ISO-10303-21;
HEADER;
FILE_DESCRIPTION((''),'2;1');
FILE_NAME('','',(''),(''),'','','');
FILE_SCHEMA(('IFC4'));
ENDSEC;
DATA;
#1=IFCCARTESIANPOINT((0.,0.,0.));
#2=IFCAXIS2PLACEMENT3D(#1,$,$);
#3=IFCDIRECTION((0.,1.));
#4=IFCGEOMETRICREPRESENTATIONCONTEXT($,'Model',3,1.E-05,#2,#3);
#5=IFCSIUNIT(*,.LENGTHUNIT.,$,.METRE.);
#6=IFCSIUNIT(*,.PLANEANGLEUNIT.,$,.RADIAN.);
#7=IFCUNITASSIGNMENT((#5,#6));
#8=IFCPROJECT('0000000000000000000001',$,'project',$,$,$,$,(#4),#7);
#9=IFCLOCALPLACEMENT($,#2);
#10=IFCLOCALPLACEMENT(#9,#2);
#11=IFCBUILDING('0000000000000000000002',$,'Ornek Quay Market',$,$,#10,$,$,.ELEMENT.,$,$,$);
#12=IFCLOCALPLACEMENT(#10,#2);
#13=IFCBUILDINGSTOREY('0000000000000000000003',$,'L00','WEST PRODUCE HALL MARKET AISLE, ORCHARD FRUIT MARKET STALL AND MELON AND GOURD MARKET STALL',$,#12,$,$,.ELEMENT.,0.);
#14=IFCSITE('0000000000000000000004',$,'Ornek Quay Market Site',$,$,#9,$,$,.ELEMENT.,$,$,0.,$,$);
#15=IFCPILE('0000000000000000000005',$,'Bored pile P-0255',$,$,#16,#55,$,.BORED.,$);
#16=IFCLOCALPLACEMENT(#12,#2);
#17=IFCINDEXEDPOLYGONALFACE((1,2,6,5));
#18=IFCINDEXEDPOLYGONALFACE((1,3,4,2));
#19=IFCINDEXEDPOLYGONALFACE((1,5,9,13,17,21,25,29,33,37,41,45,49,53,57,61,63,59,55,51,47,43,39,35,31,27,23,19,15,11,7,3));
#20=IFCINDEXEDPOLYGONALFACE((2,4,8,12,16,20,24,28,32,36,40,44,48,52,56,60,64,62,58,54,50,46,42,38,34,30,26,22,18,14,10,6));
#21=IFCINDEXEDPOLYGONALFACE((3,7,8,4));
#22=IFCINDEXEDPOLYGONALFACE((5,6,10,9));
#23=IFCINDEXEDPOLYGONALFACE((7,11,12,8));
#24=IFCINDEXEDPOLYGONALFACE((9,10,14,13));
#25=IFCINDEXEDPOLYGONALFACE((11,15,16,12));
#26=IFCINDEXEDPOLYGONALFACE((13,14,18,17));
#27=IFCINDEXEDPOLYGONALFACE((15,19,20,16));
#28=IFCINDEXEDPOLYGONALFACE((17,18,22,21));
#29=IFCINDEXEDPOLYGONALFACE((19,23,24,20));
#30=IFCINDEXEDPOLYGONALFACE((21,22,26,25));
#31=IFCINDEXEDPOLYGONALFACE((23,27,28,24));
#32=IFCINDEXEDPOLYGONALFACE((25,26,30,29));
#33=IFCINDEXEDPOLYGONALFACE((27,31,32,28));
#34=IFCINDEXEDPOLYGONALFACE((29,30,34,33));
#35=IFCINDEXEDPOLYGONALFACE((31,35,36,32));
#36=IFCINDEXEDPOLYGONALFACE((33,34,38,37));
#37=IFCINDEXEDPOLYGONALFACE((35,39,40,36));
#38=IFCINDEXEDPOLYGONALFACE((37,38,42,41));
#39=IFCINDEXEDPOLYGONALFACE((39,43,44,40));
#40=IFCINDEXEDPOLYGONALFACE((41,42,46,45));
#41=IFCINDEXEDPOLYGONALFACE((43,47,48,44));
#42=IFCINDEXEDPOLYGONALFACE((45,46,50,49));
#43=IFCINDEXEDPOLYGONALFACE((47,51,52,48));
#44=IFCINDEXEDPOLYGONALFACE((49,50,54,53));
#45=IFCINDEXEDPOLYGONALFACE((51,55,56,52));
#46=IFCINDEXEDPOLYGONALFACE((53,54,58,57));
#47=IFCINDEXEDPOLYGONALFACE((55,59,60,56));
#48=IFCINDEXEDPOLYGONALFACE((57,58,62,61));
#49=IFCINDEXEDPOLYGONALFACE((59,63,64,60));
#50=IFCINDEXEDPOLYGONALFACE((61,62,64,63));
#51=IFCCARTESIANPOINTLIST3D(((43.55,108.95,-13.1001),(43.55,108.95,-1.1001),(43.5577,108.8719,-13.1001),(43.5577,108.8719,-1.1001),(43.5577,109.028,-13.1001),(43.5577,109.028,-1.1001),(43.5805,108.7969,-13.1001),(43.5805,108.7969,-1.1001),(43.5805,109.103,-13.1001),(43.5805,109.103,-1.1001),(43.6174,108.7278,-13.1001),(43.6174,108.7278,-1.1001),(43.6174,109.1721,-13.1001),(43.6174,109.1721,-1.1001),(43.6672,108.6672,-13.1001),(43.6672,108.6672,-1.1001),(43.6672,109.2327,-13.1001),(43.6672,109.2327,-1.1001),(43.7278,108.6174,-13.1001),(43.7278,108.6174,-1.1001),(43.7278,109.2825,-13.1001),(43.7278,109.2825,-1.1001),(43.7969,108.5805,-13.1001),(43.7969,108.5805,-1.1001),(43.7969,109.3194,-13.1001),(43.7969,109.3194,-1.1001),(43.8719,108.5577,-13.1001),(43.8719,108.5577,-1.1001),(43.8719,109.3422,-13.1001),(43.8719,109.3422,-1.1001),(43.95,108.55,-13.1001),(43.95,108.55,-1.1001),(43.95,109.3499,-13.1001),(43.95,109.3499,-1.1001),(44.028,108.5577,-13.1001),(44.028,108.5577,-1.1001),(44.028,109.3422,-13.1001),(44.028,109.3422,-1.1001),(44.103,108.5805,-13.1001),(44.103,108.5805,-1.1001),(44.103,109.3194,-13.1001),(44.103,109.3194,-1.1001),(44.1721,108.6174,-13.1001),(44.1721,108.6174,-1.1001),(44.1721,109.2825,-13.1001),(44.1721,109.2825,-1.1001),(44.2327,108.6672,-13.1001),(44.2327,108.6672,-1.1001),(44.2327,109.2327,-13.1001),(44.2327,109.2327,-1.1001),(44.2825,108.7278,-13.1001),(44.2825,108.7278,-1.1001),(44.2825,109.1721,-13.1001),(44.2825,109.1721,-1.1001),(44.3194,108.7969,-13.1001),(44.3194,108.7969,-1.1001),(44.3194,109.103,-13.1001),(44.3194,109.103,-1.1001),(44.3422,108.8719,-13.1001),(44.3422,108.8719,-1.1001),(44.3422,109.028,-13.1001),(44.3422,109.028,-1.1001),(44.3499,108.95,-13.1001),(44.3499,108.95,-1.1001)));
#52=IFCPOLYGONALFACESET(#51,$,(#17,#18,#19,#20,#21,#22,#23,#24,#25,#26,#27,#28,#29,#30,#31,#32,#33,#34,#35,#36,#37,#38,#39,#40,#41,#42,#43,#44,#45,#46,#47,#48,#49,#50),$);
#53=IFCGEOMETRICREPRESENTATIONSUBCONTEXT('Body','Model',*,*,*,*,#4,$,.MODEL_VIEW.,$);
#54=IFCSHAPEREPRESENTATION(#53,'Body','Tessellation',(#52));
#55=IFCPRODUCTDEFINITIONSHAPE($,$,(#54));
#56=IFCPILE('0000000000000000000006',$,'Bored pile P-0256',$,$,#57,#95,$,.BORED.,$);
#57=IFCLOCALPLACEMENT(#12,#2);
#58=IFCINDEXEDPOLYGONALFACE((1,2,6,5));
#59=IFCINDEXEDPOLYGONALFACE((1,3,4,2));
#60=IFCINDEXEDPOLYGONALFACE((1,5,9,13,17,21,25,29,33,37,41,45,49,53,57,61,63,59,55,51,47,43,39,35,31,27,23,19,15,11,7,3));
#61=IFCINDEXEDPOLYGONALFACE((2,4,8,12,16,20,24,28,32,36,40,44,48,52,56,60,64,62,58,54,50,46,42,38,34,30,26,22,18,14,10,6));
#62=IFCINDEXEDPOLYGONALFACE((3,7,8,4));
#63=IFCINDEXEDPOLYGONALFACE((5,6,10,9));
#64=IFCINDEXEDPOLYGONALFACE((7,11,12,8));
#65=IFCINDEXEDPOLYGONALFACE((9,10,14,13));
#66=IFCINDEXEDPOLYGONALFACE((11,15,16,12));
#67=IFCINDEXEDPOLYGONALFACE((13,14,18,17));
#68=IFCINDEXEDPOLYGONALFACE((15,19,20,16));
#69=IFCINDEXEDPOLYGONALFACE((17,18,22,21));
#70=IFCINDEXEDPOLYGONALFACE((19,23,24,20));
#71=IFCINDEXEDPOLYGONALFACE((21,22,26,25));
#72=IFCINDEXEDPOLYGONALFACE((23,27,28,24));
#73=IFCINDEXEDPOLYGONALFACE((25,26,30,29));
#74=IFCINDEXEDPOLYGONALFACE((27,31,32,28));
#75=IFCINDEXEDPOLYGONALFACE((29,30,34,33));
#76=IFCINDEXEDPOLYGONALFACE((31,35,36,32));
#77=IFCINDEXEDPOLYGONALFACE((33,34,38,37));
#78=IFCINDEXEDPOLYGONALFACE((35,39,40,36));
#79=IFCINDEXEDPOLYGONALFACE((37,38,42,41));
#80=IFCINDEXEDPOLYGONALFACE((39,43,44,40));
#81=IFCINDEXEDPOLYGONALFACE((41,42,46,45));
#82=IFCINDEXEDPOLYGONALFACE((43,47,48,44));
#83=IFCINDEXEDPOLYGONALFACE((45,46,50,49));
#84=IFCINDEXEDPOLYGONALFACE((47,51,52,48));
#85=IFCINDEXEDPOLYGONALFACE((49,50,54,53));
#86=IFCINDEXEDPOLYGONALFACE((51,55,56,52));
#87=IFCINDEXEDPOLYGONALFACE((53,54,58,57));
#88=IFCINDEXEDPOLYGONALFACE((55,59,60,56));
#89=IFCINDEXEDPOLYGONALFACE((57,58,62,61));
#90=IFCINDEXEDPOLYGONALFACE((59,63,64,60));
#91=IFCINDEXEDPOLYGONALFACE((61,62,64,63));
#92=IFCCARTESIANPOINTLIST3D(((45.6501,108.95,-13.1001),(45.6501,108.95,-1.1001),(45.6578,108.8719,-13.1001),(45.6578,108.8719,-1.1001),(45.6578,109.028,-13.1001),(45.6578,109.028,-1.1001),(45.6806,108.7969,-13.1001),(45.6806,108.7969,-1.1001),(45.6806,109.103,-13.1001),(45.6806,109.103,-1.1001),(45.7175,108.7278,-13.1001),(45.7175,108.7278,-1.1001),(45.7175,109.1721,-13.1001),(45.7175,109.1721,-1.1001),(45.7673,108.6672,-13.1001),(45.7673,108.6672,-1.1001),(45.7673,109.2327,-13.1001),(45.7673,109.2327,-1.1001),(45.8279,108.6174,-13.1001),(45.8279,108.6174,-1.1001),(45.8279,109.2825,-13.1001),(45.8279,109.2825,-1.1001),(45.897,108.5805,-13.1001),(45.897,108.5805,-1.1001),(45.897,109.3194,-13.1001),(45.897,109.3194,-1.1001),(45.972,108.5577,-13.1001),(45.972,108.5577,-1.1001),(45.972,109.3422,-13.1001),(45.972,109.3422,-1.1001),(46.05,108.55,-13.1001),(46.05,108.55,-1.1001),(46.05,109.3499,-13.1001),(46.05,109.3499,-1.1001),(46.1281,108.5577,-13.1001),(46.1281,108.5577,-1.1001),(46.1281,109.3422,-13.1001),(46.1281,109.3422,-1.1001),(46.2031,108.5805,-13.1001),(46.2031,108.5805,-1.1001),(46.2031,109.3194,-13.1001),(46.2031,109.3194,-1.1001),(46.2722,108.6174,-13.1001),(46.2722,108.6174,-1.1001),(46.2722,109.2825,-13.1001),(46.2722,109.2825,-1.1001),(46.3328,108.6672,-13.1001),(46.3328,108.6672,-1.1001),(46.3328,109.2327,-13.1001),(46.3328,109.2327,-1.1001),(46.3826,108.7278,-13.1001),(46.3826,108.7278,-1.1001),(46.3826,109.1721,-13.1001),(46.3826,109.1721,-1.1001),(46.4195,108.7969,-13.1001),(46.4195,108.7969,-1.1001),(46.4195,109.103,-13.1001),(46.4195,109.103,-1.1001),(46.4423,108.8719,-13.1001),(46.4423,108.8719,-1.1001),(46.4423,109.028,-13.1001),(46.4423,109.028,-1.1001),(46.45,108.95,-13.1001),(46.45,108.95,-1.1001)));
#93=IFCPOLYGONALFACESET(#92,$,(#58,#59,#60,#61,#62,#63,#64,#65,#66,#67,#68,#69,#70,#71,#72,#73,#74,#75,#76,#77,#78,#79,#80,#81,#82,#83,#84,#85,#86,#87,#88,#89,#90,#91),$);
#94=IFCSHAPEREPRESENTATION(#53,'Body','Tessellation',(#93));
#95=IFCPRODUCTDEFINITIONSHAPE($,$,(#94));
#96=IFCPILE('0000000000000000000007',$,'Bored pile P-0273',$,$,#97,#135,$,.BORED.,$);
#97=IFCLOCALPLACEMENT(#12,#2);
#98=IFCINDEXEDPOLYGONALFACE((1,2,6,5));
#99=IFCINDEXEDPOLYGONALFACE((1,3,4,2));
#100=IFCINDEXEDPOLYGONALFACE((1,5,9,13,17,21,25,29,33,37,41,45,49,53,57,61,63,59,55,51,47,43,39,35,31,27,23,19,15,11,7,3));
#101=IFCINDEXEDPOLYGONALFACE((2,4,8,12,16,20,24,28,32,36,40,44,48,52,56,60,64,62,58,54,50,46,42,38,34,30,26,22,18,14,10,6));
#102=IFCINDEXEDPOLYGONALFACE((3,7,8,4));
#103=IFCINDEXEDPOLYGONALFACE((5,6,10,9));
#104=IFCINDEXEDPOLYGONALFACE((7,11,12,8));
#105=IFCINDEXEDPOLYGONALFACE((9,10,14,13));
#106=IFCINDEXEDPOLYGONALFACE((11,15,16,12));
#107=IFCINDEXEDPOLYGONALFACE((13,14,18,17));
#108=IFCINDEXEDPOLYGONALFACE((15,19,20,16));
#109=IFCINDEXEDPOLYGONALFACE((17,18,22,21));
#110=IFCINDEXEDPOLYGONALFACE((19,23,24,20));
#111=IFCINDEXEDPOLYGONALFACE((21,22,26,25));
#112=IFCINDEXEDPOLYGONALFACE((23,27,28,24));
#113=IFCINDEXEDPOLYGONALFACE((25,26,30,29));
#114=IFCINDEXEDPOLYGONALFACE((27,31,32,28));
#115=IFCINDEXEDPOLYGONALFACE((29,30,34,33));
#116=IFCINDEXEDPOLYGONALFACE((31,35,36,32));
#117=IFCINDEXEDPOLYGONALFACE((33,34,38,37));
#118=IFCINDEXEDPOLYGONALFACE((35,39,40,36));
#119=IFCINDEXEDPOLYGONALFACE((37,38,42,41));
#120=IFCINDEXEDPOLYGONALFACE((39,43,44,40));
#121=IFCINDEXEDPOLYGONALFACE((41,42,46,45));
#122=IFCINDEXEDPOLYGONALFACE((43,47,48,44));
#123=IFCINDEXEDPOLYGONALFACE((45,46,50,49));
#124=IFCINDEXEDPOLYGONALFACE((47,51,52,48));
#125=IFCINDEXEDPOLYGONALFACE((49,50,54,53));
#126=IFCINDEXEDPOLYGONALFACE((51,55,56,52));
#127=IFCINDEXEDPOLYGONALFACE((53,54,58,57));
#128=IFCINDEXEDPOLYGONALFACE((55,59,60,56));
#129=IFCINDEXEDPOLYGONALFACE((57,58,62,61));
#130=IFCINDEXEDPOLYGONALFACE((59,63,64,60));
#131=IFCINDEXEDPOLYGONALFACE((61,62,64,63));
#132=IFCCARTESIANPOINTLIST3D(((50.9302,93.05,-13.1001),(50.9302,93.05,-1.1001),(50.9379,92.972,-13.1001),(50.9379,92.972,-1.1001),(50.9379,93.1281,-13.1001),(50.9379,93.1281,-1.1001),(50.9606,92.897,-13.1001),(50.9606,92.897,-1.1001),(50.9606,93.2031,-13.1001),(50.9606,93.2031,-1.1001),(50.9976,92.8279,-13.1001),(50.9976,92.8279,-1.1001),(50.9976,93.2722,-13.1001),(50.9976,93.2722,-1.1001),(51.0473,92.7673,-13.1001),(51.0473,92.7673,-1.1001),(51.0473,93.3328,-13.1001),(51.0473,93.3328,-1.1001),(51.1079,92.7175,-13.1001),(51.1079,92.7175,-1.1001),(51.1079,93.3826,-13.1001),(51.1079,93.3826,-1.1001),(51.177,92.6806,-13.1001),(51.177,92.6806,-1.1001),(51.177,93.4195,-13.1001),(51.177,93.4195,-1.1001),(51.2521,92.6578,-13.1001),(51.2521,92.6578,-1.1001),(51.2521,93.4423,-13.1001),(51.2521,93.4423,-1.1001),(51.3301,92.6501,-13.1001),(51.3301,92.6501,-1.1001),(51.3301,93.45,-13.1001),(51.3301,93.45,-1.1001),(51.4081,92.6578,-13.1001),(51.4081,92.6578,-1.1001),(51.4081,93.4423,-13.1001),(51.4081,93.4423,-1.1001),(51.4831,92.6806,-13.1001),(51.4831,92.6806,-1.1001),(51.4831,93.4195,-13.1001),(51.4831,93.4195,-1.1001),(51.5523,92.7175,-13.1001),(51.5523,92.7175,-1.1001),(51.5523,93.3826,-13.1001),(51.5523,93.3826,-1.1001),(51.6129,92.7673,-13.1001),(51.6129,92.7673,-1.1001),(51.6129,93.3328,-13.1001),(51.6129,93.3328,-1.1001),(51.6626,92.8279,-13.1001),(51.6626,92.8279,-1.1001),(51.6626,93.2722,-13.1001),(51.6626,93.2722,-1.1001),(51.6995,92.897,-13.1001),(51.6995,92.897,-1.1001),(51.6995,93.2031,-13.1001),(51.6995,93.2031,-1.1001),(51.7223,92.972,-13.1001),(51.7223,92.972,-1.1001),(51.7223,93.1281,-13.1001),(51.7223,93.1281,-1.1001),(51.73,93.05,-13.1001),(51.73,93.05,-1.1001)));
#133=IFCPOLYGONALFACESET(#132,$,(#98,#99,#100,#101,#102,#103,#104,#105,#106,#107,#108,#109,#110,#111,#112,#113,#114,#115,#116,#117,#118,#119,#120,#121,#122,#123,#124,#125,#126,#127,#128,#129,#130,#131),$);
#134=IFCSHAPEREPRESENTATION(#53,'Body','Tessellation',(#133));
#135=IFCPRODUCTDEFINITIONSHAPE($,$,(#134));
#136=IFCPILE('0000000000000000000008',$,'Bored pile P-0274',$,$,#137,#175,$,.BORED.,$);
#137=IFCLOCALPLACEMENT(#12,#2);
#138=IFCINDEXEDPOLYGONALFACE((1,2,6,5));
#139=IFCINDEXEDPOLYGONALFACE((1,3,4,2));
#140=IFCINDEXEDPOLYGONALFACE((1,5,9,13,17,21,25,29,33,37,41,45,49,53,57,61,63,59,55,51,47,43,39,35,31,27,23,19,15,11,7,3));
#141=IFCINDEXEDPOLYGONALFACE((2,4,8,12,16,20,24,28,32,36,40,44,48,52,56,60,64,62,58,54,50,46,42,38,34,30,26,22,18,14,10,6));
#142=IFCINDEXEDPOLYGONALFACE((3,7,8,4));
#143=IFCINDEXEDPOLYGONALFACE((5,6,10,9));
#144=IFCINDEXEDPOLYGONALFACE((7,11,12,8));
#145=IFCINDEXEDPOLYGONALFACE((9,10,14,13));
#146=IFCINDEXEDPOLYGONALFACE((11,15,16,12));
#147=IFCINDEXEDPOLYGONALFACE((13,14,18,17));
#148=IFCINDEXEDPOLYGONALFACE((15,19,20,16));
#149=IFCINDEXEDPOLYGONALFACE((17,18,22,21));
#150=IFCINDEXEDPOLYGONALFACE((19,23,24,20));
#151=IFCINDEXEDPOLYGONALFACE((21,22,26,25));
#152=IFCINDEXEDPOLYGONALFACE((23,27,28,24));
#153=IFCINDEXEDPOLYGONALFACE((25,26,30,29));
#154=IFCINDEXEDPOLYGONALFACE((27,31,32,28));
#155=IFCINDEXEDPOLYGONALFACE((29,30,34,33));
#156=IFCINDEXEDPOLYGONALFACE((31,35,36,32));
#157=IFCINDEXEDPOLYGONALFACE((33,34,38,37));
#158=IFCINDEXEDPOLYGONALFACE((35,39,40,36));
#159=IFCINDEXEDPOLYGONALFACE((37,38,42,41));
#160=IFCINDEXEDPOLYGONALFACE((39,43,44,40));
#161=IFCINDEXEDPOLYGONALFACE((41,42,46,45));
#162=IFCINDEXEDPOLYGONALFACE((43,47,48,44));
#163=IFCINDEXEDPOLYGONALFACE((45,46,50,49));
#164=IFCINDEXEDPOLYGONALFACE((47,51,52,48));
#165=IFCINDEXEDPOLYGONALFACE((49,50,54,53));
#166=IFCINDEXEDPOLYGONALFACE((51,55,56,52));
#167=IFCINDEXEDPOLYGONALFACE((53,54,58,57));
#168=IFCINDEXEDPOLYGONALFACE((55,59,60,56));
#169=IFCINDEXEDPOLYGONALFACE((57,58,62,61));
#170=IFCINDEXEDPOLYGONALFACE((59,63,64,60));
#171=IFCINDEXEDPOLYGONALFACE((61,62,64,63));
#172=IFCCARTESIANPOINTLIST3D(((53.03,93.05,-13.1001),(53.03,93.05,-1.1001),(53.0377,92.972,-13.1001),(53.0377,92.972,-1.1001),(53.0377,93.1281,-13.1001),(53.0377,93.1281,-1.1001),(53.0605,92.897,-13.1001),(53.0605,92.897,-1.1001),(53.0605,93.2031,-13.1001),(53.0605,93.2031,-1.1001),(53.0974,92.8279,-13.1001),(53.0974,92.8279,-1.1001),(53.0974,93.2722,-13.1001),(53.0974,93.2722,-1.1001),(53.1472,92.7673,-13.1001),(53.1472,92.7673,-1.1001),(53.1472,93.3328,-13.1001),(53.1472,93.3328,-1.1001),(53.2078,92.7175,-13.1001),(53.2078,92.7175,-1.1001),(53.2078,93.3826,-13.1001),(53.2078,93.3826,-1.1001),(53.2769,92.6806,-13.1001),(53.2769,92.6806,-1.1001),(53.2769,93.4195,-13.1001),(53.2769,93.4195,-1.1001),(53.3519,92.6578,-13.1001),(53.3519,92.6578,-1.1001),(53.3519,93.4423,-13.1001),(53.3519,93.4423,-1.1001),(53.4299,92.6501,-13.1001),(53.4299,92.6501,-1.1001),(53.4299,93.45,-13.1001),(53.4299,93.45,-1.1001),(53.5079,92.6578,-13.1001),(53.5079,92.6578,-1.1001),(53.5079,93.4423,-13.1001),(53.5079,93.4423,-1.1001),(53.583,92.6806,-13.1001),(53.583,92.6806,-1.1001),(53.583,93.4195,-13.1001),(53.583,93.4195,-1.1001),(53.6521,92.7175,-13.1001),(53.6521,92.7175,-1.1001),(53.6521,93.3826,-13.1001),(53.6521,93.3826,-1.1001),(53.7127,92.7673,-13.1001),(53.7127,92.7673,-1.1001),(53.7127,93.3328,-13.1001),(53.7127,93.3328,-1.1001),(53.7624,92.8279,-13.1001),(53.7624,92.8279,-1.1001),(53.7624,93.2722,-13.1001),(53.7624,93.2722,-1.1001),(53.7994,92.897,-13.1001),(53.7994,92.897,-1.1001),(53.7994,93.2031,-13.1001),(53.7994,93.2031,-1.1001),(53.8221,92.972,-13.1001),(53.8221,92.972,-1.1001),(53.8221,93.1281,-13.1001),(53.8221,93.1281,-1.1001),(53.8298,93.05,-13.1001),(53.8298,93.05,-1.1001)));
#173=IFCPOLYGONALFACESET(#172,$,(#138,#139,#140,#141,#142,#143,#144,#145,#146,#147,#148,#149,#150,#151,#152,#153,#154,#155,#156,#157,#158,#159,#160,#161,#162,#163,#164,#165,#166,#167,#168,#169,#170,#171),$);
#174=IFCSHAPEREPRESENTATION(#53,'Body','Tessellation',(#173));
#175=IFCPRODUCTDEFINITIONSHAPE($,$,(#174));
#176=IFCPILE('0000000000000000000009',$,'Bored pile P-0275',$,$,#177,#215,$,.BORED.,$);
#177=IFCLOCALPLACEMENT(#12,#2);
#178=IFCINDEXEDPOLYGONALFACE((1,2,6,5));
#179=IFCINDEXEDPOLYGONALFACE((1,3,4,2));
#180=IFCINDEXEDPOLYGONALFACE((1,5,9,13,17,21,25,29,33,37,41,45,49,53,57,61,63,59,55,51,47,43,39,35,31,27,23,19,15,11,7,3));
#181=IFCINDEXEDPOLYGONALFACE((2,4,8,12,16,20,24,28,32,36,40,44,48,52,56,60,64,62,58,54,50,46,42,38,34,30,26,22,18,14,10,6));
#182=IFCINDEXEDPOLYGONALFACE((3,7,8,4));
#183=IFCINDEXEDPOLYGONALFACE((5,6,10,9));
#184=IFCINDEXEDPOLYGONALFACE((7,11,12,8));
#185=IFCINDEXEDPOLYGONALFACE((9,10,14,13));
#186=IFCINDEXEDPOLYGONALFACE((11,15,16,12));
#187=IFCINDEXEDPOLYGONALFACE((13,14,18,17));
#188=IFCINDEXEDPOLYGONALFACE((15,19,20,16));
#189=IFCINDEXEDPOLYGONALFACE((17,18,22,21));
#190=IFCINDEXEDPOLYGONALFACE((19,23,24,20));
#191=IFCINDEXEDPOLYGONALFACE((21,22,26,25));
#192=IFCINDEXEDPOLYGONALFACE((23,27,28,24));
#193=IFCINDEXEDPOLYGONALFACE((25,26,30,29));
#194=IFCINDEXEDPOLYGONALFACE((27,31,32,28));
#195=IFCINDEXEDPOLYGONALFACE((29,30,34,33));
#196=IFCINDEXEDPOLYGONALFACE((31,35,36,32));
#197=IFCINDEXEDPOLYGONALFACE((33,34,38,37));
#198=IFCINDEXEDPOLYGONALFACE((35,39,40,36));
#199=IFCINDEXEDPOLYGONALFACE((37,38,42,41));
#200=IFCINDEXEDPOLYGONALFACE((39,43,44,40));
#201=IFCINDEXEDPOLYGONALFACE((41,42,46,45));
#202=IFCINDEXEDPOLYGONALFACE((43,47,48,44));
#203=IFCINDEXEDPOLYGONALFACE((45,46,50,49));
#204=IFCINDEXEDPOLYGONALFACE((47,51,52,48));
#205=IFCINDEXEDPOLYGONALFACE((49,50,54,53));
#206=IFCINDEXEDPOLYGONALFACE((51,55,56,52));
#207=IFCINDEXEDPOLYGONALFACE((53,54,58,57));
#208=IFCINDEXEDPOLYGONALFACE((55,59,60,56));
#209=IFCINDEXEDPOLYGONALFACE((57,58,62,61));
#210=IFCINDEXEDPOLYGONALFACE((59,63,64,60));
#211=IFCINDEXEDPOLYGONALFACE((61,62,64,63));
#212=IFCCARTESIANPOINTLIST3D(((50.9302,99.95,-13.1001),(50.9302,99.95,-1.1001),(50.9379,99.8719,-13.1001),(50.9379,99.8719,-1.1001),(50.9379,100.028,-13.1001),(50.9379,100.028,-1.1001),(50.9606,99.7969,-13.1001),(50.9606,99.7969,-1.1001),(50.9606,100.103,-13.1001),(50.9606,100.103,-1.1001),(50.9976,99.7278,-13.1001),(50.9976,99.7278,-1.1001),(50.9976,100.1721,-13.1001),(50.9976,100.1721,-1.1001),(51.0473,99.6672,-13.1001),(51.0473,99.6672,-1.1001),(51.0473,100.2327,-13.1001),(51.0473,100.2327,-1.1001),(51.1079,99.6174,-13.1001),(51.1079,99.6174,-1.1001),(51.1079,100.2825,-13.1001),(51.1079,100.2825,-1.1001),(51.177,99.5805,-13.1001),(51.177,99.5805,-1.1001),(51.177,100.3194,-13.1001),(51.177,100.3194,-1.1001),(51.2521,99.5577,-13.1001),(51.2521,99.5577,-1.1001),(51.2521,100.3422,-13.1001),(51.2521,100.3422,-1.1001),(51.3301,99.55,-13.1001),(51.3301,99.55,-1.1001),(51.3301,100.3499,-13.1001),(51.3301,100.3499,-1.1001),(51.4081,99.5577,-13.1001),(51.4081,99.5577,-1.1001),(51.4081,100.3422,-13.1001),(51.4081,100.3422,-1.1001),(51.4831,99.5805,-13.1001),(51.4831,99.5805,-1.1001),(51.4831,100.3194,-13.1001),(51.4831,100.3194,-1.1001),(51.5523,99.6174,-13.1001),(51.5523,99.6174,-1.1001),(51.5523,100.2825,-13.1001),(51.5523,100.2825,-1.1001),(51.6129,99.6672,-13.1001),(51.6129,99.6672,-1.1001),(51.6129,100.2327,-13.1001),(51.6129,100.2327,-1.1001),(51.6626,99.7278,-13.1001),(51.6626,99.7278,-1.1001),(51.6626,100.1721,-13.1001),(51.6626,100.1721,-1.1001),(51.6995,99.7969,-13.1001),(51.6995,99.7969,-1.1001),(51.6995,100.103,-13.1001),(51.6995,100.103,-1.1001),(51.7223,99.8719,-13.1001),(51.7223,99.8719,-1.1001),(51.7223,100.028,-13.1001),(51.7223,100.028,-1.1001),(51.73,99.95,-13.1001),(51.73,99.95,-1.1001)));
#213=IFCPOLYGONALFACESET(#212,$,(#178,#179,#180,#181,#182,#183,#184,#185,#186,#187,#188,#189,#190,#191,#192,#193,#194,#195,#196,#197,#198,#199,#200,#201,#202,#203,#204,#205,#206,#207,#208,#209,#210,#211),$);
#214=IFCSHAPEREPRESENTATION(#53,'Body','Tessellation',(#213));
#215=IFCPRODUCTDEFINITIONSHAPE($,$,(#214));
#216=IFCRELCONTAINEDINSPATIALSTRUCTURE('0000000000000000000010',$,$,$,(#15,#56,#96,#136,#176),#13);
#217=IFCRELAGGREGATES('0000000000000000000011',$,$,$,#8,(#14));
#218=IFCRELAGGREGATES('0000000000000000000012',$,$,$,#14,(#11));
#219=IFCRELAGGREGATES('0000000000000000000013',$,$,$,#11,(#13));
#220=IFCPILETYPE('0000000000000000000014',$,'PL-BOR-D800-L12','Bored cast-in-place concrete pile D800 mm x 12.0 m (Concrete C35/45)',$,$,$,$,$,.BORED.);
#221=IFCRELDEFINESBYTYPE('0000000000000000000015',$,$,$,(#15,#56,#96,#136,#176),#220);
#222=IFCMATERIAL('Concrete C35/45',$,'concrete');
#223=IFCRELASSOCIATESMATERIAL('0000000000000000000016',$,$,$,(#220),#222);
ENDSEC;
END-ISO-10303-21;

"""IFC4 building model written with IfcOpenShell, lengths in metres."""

from ifc_helpers import new_model, si_unit, direction, frame, origin, origin_2d, place, context, subcontext, project, spatial, circle, extrude, material, material_profile, profile_set, type_object, element, save


model = new_model("IFC4")

# Units and contexts
model_context = context("Model", 3, precision=1e-05, world=origin(), true_north=direction((0.0, 1.0)))
body_context = subcontext(model_context, "Body", "Model", "MODEL_VIEW")
ifc_project = project(units=[si_unit("LENGTHUNIT", "METRE"), si_unit("PLANEANGLEUNIT", "RADIAN")], contexts=[model_context])

# Site, building, storey
site_placement = place(None, origin())
site = spatial("IfcSite", under=ifc_project, at=site_placement, Name="Ornek Quay Market Site", CompositionType="ELEMENT", RefElevation=0.0)
building_placement = place(site_placement, origin())
building = spatial("IfcBuilding", under=site, at=building_placement, Name="Ornek Quay Market", CompositionType="ELEMENT")
storey_placement = place(building_placement, origin())
storey = spatial("IfcBuildingStorey", under=building, at=storey_placement, Name="L00", Description="WEST PRODUCE HALL MARKET AISLE, ORCHARD FRUIT MARKET STALL AND MELON AND GOURD MARKET STALL", CompositionType="ELEMENT", Elevation=0.0)

# Piles
ifc_material_1 = material(Name="Concrete C35/45", Category="concrete")
ifc_material_profile_1 = material_profile(ifc_material_1, circle(Radius=0.3999, at=origin_2d()), Name="PILE D800", Category="concrete")
ifc_profile_set_1 = profile_set([ifc_material_profile_1], Name="Concrete C35/45")
pile_type = type_object("IfcPileType", Name="PL-BOR-D800-L12", Description="Bored cast-in-place concrete pile D800 mm x 12.0 m (Concrete C35/45)", PredefinedType="BORED", material=ifc_profile_set_1)
for number, where, z_axis, x_axis, name in (
    (1, (43.95, 108.95, -1.1001), (0.0, 0.0, -1.0), (1.0, 0.0, 0.0), "Bored pile P-0255"),
    (2, (46.05, 108.95, -1.1001), (0.0, 0.0, -1.0), (1.0, 0.0, 0.0), "Bored pile P-0256"),
    (3, (51.3301, 93.05, -1.1001), (0.0, 0.0, -1.0), (1.0, 0.0, 0.0), "Bored pile P-0273"),
    (4, (53.4299, 93.05, -1.1001), (0.0, 0.0, -1.0), (1.0, 0.0, 0.0), "Bored pile P-0274"),
    (5, (51.3301, 99.95, -1.1001), (0.0, 0.0, -1.0), (1.0, 0.0, 0.0), "Bored pile P-0275"),
):
    element("IfcPile", number, at=place(storey_placement, frame(where, z_axis=z_axis, x_axis=x_axis)), inside=storey, type_object=pile_type, Name=name, PredefinedType="BORED", context=body_context, shape_type="SweptSolid", body=[
        extrude(circle(Radius=0.3999, at=origin_2d()), origin(), (0.0, 0.0, 1.0), 12.0),
    ])

save(model, "model.ifc")
